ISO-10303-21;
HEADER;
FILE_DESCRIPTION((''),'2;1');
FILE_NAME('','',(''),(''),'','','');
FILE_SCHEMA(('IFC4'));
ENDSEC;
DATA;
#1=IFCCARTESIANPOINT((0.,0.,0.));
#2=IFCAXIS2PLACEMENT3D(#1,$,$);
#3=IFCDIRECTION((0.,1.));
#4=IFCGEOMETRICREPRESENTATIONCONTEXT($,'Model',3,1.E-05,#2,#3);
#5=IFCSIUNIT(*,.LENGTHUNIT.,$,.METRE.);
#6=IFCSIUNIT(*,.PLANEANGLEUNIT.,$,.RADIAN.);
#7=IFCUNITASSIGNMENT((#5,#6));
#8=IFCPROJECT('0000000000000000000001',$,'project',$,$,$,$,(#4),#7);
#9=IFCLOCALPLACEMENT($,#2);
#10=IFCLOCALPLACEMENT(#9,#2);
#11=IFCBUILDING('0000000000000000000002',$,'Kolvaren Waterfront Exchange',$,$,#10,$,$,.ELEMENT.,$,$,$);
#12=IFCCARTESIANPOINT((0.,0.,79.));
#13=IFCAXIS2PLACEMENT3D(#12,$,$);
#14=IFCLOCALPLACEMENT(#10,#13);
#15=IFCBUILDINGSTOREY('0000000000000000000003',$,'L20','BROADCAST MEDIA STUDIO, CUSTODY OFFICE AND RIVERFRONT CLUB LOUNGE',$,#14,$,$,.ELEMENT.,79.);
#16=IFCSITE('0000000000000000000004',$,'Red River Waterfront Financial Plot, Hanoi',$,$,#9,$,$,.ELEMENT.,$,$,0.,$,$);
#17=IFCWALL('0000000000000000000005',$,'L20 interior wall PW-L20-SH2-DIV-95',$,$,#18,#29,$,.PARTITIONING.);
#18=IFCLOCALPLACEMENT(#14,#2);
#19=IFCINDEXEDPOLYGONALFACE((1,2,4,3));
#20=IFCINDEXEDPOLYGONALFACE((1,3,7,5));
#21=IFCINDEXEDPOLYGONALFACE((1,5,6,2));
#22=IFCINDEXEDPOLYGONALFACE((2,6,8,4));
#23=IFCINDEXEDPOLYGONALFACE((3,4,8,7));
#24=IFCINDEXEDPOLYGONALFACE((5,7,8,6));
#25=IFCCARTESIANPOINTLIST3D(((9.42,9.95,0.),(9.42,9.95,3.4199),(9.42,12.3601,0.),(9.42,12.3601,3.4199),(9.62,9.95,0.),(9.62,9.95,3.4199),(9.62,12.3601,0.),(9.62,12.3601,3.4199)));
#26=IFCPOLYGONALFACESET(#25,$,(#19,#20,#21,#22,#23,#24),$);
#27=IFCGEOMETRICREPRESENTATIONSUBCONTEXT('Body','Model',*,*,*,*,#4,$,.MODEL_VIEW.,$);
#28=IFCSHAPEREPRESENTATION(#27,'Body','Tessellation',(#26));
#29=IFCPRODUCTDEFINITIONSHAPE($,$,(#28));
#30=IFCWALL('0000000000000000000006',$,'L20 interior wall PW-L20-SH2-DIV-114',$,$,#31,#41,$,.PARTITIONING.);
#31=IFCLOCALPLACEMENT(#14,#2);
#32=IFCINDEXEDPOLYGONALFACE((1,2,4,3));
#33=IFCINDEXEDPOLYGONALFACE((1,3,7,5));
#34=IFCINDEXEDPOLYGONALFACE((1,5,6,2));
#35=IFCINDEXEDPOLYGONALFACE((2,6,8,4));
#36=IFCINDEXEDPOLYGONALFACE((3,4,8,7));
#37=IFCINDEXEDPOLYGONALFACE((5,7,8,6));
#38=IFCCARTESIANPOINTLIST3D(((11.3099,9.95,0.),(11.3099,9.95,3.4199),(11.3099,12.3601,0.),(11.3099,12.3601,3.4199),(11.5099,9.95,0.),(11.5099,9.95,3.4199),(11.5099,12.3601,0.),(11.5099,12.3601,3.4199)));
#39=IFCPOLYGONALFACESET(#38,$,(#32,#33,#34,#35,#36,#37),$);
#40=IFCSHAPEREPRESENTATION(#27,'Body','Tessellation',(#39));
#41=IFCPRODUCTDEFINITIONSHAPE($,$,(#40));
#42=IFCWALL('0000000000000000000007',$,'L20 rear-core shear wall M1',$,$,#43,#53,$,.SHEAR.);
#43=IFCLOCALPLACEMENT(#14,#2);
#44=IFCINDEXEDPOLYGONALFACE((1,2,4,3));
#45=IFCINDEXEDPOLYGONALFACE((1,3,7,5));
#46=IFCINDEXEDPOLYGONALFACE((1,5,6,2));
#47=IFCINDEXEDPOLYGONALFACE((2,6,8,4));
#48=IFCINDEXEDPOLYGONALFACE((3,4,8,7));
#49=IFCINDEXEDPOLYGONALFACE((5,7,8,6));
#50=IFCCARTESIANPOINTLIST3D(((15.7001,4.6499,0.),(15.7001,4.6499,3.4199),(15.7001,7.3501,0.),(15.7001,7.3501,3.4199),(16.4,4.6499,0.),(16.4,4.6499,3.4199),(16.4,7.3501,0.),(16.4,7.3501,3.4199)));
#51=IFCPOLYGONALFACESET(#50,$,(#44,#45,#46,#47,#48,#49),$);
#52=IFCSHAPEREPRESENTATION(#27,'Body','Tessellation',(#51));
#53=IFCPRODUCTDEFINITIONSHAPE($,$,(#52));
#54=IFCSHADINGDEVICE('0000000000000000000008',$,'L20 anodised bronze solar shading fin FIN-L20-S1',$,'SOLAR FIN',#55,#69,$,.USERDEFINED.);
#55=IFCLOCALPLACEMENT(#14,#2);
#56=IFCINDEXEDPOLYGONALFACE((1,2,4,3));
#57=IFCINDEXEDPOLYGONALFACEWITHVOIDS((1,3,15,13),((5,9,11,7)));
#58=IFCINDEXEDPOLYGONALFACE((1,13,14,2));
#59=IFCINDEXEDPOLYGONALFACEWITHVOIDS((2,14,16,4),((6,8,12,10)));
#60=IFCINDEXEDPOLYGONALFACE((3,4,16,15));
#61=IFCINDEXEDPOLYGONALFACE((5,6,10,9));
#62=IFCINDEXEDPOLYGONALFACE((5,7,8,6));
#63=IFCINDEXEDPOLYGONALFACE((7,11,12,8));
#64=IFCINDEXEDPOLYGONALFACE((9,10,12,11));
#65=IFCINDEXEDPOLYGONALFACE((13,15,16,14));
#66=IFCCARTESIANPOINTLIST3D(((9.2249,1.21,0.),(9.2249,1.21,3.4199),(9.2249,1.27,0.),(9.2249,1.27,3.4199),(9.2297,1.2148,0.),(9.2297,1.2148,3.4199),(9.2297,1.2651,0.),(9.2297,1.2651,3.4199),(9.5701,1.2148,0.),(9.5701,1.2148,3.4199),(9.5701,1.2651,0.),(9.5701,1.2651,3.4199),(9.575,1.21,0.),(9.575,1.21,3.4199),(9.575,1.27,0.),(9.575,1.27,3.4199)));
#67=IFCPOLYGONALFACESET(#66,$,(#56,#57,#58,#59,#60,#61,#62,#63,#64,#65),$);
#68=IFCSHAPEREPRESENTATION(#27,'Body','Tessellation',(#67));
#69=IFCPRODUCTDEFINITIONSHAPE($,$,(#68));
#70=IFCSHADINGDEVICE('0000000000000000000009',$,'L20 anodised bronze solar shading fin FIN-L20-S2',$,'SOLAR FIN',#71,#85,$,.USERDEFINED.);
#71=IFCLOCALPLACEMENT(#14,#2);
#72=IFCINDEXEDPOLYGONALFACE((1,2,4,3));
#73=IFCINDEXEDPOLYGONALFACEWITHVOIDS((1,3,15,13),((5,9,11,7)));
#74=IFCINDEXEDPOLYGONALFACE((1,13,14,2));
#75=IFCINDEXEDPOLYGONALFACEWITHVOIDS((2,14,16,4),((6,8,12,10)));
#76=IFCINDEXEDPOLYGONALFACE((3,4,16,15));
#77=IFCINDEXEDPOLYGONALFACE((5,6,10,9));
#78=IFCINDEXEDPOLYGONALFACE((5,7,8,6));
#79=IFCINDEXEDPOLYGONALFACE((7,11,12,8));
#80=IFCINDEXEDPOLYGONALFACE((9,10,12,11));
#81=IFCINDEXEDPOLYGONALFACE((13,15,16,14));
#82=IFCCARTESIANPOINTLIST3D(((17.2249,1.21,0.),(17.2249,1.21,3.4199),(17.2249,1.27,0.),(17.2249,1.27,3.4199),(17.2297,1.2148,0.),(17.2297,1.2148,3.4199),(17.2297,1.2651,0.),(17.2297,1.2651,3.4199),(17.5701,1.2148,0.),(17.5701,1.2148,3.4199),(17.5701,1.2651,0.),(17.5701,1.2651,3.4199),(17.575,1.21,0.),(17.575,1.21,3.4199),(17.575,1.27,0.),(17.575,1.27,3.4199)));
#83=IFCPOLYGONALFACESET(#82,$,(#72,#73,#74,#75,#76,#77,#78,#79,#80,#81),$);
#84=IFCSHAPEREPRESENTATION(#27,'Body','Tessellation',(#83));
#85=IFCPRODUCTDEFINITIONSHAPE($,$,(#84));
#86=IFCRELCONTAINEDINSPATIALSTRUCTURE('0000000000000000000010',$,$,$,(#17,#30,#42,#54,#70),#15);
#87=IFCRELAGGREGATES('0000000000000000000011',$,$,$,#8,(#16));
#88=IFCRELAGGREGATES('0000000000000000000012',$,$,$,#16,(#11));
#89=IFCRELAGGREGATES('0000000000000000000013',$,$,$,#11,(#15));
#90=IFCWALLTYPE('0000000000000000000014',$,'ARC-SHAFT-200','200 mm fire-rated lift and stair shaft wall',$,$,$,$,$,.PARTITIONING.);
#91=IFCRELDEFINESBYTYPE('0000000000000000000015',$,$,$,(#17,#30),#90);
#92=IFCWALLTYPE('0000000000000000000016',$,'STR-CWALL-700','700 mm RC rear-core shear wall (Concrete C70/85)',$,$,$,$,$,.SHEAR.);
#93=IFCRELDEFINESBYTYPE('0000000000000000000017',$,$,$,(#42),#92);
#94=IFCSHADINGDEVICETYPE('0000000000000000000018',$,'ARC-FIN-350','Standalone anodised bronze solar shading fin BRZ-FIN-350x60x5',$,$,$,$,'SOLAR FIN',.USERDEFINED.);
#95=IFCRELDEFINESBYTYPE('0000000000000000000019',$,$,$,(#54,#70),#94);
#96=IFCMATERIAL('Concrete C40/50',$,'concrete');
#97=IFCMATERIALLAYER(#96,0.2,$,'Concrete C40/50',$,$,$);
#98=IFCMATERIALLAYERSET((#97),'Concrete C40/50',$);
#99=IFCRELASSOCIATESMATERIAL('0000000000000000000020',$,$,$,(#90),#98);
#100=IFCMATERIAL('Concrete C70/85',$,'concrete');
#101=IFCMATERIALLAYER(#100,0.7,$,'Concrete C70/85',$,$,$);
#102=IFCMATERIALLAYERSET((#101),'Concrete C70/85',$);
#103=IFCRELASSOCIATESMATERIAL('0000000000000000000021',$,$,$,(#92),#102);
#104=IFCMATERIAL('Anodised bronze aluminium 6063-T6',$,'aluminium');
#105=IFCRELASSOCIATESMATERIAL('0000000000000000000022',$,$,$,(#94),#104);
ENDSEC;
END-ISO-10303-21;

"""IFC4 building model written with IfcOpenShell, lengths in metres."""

from ifc_helpers import new_model, si_unit, direction, frame, frame_2d, origin, origin_2d, place, context, subcontext, project, spatial, rectangle, hollow_rectangle, extrude, material, layer, layer_set, material_profile, profile_set, type_object, element, save


model = new_model("IFC4")

# Units and contexts
model_context = context("Model", 3, precision=1e-05, world=origin(), true_north=direction((0.0, 1.0)))
body_context = subcontext(model_context, "Body", "Model", "MODEL_VIEW")
ifc_project = project(units=[si_unit("LENGTHUNIT", "METRE"), si_unit("PLANEANGLEUNIT", "RADIAN")], contexts=[model_context])

# Site, building, storey
site_placement = place(None, origin())
site = spatial("IfcSite", under=ifc_project, at=site_placement, Name="Red River Waterfront Financial Plot, Hanoi", CompositionType="ELEMENT", RefElevation=0.0)
building_placement = place(site_placement, origin())
building = spatial("IfcBuilding", under=site, at=building_placement, Name="Kolvaren Waterfront Exchange", CompositionType="ELEMENT")
storey_placement = place(building_placement, frame((0.0, 0.0, 79.0)))
storey = spatial("IfcBuildingStorey", under=building, at=storey_placement, Name="L20", Description="BROADCAST MEDIA STUDIO, CUSTODY OFFICE AND RIVERFRONT CLUB LOUNGE", CompositionType="ELEMENT", Elevation=79.0)

# Shared definitions
ifc_material_1 = material(Name="Concrete C70/85", Category="concrete")

# Shared definitions
ifc_material_2 = material(Name="Anodised bronze aluminium 6063-T6", Category="aluminium")

# Walls
ifc_material_3 = material(Name="Concrete C40/50", Category="concrete")
ifc_layer_1 = layer(ifc_material_3, 0.2, Name="Concrete C40/50")
ifc_layer_set_1 = layer_set([ifc_layer_1], Name="Concrete C40/50")
wall_type_1 = type_object("IfcWallType", Name="ARC-SHAFT-200", Description="200 mm fire-rated lift and stair shaft wall", PredefinedType="PARTITIONING", material=ifc_layer_set_1)
for number, where, z_axis, x_axis, name in (
    (1, (9.52, 9.95, 0.0), (0.0, 0.0, 1.0), (0.0, 1.0, 0.0), "L20 interior wall PW-L20-SH2-DIV-95"),
    (2, (11.4099, 9.95, 0.0), (0.0, 0.0, 1.0), (0.0, 1.0, 0.0), "L20 interior wall PW-L20-SH2-DIV-114"),
):
    element("IfcWall", number, at=place(storey_placement, frame(where, z_axis=z_axis, x_axis=x_axis)), inside=storey, type_object=wall_type_1, Name=name, PredefinedType="PARTITIONING", context=body_context, shape_type="SweptSolid", body=[
        extrude(rectangle(XDim=2.4102, YDim=0.2, at=frame_2d((1.2051, 0.0))), origin(), (0.0, 0.0, 1.0), 3.4199),
    ])
ifc_layer_2 = layer(ifc_material_1, 0.7, Name="Concrete C70/85")
ifc_layer_set_2 = layer_set([ifc_layer_2], Name="Concrete C70/85")
wall_type_2 = type_object("IfcWallType", Name="STR-CWALL-700", Description="700 mm RC rear-core shear wall (Concrete C70/85)", PredefinedType="SHEAR", material=ifc_layer_set_2)
wall_1_placement = place(storey_placement, frame((16.05, 4.6499, 0.0), z_axis=(0.0, 0.0, 1.0), x_axis=(0.0, 1.0, 0.0)))
element("IfcWall", 3, at=wall_1_placement, inside=storey, type_object=wall_type_2, Name="L20 rear-core shear wall M1", PredefinedType="SHEAR", context=body_context, shape_type="SweptSolid", body=[
    extrude(rectangle(XDim=2.7002, YDim=0.7, at=frame_2d((1.3501, 0.0))), origin(), (0.0, 0.0, 1.0), 3.4199),
])

# Shading devices
ifc_material_profile_1 = material_profile(ifc_material_2, hollow_rectangle(XDim=0.0601, YDim=0.3501, WallThickness=0.0049, at=origin_2d()), Name="BRZ-FIN-350x60x5")
ifc_profile_set_1 = profile_set([ifc_material_profile_1], Name="Anodised bronze aluminium 6063-T6")
shading_device_type = type_object("IfcShadingDeviceType", Name="ARC-FIN-350", Description="Standalone anodised bronze solar shading fin BRZ-FIN-350x60x5", ElementType="SOLAR FIN", PredefinedType="USERDEFINED", material=ifc_profile_set_1)
for number, where, z_axis, x_axis, name in (
    (4, (9.3999, 1.24, 0.0), (0.0, 0.0, 1.0), (0.0, -1.0, 0.0), "L20 anodised bronze solar shading fin FIN-L20-S1"),
    (5, (17.3999, 1.24, 0.0), (0.0, 0.0, 1.0), (0.0, -1.0, 0.0), "L20 anodised bronze solar shading fin FIN-L20-S2"),
):
    element("IfcShadingDevice", number, at=place(storey_placement, frame(where, z_axis=z_axis, x_axis=x_axis)), inside=storey, type_object=shading_device_type, Name=name, ObjectType="SOLAR FIN", PredefinedType="USERDEFINED", context=body_context, shape_type="SweptSolid", body=[
        extrude(hollow_rectangle(XDim=0.0601, YDim=0.3501, WallThickness=0.0049, at=origin_2d()), origin(), (0.0, 0.0, 1.0), 3.4199),
    ])

save(model, "model.ifc")
